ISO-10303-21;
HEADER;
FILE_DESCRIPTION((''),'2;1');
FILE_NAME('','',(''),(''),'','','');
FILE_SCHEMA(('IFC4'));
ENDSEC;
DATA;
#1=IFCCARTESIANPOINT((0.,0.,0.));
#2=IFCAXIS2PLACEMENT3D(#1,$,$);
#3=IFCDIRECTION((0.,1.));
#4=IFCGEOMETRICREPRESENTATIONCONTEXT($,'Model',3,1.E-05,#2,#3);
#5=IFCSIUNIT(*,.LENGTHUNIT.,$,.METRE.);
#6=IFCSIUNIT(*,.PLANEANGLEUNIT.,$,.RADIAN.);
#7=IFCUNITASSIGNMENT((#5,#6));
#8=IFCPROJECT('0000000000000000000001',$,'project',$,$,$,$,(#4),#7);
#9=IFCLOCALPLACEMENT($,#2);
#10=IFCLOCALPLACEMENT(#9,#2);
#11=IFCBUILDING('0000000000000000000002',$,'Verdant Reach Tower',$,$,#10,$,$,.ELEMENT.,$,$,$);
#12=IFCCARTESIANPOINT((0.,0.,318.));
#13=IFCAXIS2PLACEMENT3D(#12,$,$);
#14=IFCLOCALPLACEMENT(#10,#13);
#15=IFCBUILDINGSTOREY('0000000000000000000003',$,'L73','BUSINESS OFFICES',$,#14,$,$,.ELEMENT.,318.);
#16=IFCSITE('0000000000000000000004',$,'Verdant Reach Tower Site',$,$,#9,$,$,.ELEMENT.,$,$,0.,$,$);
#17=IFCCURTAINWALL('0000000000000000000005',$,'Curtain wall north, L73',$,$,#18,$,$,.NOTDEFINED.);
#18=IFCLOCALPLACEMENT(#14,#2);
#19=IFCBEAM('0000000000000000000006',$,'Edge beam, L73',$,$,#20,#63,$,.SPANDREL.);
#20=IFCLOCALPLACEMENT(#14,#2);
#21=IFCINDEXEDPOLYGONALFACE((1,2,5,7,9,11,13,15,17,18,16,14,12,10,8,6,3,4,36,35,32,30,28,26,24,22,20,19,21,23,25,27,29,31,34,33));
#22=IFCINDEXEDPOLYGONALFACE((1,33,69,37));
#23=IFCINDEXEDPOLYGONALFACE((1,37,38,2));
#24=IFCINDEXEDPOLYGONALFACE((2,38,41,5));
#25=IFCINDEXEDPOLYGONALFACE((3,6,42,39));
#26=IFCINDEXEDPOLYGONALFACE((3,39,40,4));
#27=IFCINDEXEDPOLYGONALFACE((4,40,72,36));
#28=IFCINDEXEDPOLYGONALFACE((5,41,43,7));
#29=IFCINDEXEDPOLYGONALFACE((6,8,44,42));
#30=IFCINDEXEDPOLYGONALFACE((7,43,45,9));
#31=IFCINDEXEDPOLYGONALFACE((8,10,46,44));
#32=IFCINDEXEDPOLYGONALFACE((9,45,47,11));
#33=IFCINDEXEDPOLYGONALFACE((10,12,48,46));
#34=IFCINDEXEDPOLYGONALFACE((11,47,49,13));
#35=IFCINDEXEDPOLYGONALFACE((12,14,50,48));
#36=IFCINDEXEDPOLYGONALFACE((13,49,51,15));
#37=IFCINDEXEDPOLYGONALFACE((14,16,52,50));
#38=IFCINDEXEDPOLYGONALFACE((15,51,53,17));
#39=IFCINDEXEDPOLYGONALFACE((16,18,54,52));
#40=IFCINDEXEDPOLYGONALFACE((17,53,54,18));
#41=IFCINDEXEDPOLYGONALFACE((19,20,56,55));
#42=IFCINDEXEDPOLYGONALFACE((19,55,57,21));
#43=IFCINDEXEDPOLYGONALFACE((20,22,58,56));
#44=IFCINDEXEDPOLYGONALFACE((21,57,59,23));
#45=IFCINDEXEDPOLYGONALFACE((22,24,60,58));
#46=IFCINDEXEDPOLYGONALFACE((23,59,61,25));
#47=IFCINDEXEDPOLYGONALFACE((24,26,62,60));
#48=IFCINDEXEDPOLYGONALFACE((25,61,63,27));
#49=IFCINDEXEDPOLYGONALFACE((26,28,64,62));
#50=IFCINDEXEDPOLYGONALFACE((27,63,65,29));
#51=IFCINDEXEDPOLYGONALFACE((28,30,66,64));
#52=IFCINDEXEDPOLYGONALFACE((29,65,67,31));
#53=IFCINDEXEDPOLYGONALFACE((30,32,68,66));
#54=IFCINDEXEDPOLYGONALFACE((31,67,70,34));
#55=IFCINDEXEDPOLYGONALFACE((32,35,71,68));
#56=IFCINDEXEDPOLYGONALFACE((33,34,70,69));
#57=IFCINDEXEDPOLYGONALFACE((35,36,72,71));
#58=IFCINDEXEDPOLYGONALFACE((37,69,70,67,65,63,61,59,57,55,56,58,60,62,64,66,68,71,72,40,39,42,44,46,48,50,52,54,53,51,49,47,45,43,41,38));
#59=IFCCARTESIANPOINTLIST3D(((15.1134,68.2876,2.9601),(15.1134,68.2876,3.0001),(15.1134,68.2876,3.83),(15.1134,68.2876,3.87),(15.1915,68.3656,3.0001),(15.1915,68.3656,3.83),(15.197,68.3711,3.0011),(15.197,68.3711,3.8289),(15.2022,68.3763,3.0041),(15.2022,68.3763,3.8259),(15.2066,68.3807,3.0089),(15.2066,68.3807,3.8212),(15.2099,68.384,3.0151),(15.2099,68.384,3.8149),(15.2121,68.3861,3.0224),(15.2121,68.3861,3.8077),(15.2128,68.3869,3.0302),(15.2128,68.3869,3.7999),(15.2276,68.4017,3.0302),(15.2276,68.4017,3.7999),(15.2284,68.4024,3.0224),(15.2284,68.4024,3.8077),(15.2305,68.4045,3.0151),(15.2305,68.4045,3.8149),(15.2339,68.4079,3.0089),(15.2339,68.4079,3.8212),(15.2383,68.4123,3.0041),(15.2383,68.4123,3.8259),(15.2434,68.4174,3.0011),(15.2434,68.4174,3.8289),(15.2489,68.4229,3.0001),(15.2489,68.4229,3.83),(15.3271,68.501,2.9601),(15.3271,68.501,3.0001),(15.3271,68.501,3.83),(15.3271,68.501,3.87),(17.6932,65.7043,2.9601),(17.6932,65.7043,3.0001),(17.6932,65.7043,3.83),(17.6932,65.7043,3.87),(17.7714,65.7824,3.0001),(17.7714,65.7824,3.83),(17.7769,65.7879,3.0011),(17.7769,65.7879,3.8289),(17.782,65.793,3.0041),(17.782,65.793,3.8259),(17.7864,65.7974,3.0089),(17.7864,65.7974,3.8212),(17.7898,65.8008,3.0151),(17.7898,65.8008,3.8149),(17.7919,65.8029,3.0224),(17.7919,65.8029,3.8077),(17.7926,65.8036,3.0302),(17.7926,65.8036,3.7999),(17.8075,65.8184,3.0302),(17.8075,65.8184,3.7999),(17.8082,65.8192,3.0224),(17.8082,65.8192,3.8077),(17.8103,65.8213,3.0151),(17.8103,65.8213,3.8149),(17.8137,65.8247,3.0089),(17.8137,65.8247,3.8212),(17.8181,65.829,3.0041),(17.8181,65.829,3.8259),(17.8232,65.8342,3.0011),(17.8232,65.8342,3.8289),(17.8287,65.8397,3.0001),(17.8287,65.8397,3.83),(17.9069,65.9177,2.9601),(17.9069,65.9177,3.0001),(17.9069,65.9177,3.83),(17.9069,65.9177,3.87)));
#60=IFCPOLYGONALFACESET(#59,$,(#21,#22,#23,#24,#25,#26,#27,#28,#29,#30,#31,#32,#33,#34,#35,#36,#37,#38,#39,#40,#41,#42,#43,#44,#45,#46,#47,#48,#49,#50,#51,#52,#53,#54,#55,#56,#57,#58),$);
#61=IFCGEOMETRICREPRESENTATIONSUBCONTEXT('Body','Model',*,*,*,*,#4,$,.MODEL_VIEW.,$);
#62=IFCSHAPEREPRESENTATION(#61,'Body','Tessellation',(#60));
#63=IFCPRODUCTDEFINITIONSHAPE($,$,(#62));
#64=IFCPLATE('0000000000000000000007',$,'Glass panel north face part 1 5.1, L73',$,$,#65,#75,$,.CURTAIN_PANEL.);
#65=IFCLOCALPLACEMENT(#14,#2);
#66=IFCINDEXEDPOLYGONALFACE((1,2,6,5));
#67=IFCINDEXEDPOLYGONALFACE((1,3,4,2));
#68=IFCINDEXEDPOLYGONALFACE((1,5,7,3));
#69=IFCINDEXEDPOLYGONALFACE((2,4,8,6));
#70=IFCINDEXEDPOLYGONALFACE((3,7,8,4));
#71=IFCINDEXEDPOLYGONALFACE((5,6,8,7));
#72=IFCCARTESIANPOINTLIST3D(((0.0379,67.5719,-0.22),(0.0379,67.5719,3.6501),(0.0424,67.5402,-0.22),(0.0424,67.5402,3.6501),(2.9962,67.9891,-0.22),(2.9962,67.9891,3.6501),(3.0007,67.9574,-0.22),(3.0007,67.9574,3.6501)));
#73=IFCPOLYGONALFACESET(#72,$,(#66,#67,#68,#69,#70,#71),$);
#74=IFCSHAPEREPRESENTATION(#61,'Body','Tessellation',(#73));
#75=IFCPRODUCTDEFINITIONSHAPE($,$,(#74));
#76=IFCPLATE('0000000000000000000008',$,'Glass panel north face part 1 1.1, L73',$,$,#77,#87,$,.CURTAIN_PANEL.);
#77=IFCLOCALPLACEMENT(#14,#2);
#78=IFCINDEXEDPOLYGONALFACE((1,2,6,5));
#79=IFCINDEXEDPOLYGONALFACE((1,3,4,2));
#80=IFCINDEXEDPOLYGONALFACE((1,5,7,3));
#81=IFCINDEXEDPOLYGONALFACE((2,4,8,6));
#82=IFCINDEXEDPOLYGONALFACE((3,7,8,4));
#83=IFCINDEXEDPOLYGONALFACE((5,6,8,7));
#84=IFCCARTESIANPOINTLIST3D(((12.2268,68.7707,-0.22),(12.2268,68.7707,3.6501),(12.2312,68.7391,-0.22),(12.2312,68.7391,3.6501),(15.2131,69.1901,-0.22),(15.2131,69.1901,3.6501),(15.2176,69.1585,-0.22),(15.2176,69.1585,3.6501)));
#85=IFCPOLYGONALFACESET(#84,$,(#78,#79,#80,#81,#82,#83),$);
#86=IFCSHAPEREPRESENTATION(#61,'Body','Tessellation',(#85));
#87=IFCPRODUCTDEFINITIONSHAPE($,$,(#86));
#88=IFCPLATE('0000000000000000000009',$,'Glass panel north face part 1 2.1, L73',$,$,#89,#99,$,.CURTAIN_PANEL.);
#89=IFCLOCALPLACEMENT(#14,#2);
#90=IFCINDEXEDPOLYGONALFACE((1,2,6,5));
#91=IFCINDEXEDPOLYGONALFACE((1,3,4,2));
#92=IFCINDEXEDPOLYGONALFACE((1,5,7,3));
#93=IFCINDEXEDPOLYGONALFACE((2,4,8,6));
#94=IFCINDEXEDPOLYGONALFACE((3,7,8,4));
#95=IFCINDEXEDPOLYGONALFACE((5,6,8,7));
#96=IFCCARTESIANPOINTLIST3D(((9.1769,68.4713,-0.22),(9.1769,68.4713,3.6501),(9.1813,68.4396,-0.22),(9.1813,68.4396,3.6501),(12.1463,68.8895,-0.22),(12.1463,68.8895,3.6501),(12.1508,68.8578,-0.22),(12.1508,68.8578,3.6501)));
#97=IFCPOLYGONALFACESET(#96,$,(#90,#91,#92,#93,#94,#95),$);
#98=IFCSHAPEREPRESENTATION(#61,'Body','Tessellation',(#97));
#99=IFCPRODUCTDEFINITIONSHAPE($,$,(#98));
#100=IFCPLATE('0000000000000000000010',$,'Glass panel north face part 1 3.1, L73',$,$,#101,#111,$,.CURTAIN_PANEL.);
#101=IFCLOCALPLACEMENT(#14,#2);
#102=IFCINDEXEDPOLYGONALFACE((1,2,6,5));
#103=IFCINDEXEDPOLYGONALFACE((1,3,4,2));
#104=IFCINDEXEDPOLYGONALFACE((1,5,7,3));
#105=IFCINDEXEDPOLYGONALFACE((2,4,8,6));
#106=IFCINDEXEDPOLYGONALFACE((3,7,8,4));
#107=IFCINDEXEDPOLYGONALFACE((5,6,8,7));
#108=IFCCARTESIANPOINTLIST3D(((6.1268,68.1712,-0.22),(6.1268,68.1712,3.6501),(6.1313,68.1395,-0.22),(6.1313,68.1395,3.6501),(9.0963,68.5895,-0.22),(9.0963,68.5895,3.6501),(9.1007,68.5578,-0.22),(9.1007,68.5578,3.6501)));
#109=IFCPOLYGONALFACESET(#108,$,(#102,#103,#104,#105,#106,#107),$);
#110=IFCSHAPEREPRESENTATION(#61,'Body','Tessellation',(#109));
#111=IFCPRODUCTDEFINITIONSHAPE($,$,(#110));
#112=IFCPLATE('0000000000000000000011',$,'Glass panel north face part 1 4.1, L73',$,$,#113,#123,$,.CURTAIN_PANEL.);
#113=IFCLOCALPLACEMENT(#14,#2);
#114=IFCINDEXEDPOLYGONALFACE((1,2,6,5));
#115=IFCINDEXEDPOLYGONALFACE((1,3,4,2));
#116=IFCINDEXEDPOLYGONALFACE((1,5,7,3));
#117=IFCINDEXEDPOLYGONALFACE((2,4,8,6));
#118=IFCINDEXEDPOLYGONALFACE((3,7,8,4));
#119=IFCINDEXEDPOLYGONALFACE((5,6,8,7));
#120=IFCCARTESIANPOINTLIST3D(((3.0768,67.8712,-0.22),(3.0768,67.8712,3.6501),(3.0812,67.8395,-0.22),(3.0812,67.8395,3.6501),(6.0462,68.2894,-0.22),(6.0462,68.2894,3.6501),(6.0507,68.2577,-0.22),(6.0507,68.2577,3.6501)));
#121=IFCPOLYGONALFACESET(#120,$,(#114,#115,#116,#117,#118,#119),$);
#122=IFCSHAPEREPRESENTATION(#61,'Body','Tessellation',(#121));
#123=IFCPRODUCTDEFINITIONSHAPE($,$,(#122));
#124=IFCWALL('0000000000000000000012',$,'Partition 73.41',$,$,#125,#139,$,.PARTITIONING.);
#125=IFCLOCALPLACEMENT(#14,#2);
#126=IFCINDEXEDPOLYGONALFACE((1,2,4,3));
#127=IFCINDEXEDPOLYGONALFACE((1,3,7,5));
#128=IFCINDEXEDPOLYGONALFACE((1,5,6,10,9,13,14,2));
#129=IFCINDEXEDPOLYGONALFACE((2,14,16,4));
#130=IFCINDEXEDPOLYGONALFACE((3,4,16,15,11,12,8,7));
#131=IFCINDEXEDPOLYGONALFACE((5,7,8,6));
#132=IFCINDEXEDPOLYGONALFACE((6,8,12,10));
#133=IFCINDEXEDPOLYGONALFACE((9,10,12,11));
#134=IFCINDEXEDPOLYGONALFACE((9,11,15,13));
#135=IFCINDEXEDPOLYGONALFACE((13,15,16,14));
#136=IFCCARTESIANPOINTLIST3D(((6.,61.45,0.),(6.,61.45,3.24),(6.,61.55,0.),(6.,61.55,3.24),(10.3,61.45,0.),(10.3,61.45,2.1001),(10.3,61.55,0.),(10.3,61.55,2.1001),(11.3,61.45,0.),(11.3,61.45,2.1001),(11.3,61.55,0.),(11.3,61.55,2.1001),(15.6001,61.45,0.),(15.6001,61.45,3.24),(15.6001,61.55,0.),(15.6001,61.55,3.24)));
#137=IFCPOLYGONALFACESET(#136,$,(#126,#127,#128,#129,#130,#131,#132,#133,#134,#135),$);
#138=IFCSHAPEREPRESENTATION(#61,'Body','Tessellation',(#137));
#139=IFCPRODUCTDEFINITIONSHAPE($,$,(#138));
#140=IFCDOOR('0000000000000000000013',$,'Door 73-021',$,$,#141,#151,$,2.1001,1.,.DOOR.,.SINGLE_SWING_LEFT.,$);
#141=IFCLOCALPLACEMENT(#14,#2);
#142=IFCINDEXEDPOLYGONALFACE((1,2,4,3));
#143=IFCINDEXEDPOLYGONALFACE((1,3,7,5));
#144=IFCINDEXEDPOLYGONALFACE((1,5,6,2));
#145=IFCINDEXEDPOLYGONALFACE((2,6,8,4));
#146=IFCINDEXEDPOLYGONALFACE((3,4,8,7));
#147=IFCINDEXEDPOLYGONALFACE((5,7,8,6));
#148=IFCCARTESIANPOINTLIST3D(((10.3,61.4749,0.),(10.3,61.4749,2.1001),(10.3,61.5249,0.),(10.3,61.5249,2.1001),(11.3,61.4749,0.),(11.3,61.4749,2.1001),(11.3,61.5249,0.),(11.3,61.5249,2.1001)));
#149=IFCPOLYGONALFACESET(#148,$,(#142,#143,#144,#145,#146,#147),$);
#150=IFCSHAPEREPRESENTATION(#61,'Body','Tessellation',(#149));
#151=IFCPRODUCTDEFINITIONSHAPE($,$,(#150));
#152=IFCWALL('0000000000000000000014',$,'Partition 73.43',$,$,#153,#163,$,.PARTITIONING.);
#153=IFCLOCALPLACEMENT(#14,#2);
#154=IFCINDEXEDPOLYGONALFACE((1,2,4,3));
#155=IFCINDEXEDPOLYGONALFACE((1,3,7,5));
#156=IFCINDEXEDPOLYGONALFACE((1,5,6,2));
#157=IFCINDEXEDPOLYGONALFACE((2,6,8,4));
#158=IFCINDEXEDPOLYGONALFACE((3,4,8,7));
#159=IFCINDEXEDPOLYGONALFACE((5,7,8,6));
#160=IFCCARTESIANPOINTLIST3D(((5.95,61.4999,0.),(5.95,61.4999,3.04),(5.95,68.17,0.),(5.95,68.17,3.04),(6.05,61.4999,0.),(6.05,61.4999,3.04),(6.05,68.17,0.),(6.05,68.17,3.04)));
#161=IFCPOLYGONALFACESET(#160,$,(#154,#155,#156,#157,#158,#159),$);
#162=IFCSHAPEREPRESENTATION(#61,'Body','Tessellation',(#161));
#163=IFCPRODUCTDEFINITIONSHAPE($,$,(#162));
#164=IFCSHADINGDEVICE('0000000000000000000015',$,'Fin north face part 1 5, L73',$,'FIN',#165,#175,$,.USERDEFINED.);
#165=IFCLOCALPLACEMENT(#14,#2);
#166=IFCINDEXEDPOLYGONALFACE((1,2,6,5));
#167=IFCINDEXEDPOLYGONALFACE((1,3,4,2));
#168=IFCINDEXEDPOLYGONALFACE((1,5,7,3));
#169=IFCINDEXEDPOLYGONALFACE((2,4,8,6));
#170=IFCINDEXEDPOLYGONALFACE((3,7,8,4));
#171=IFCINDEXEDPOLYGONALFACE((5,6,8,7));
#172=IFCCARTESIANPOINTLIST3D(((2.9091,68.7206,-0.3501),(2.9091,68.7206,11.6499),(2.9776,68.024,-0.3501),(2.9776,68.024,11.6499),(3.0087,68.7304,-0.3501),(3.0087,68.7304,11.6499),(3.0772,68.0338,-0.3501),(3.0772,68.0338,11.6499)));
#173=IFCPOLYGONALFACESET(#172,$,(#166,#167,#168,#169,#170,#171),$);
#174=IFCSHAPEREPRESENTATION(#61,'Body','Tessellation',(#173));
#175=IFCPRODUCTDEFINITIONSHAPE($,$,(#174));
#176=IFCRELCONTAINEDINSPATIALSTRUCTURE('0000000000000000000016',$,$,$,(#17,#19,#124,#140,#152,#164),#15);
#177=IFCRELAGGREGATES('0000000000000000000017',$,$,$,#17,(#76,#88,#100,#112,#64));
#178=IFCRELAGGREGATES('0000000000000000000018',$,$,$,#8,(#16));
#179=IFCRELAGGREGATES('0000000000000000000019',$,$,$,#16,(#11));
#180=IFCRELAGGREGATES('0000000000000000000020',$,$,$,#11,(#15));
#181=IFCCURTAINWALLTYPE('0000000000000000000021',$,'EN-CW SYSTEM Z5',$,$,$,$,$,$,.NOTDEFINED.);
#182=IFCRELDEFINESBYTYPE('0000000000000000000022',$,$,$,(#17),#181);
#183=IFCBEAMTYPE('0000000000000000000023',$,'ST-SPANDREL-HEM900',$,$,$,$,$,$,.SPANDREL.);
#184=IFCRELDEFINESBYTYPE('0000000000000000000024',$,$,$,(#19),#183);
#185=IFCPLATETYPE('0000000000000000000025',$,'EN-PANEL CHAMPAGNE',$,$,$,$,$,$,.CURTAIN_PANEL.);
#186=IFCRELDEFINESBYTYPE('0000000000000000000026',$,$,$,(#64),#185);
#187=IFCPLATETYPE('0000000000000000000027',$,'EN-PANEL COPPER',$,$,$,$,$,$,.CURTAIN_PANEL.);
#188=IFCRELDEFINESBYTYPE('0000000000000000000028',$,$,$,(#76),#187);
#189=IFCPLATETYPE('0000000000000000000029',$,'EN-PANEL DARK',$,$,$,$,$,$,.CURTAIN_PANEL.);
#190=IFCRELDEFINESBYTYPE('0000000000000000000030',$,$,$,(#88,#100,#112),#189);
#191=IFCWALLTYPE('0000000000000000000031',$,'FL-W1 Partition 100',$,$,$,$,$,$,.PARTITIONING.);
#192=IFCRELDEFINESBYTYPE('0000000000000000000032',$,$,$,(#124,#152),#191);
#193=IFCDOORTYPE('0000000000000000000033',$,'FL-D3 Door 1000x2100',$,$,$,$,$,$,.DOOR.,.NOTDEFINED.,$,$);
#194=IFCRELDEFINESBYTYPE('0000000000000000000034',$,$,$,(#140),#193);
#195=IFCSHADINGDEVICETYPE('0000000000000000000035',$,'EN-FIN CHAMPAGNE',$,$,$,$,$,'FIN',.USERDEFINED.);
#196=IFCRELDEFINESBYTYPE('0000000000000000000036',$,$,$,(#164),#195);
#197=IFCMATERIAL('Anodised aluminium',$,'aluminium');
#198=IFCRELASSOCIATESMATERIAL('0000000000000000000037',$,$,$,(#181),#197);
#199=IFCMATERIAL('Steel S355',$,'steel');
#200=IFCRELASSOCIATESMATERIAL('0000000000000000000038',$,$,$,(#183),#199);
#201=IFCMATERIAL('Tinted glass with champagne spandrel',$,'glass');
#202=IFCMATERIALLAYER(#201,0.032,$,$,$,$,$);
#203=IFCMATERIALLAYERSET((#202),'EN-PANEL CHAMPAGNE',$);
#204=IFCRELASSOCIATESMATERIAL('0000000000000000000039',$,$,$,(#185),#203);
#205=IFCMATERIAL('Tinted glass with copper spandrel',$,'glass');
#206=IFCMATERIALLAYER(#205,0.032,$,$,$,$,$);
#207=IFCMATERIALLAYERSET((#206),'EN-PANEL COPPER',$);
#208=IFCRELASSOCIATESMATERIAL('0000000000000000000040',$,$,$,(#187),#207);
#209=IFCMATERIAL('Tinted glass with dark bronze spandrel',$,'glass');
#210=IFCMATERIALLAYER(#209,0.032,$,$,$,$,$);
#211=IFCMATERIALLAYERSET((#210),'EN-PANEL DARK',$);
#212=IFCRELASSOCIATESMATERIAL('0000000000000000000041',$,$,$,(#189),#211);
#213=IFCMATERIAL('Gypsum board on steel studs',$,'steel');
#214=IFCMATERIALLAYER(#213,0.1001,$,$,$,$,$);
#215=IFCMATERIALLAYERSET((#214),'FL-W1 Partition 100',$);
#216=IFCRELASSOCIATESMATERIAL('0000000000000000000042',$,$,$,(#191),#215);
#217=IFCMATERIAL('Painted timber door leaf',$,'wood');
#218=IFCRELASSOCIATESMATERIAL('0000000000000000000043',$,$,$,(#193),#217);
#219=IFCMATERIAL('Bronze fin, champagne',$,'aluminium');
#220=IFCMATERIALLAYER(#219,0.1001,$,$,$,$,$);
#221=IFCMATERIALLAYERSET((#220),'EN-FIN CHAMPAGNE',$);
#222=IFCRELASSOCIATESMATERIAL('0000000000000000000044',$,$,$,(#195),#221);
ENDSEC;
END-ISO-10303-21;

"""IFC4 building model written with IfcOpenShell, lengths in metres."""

from ifc_helpers import new_model, si_unit, direction, frame, frame_2d, origin, origin_2d, place, context, subcontext, project, spatial, rectangle, i_section, extrude, material, layer, layer_set, material_profile, profile_set, type_object, element, fill, aggregate, save


model = new_model("IFC4")

# Units and contexts
model_context = context("Model", 3, precision=1e-05, world=origin(), true_north=direction((0.0, 1.0)))
body_context = subcontext(model_context, "Body", "Model", "MODEL_VIEW")
ifc_project = project(units=[si_unit("LENGTHUNIT", "METRE"), si_unit("PLANEANGLEUNIT", "RADIAN")], contexts=[model_context])

# Site, building, storey
site_placement = place(None, origin())
site = spatial("IfcSite", under=ifc_project, at=site_placement, Name="Verdant Reach Tower Site", CompositionType="ELEMENT", RefElevation=0.0)
building_placement = place(site_placement, origin())
building = spatial("IfcBuilding", under=site, at=building_placement, Name="Verdant Reach Tower", CompositionType="ELEMENT")
storey_placement = place(building_placement, frame((0.0, 0.0, 318.0)))
storey = spatial("IfcBuildingStorey", under=building, at=storey_placement, Name="L73", Description="BUSINESS OFFICES", CompositionType="ELEMENT", Elevation=318.0)

# Curtain wall
ifc_material_1 = material(Name="Anodised aluminium", Category="aluminium")
curtain_wall_type = type_object("IfcCurtainWallType", Name="EN-CW SYSTEM Z5", PredefinedType="NOTDEFINED", material=ifc_material_1)
curtain_wall_placement = place(storey_placement, origin())
curtain_wall = element("IfcCurtainWall", 1, at=curtain_wall_placement, inside=storey, type_object=curtain_wall_type, Name="Curtain wall north, L73", PredefinedType="NOTDEFINED")

# Beam
ifc_material_2 = material(Name="Steel S355", Category="steel")
ifc_material_profile_1 = material_profile(ifc_material_2, i_section(OverallWidth=0.302, OverallDepth=0.9099, WebThickness=0.021, FlangeThickness=0.04, FilletRadius=0.03, at=origin_2d()), Name="HEM 900")
ifc_profile_set_1 = profile_set([ifc_material_profile_1], Name="Steel S355")
beam_type_1 = type_object("IfcBeamType", Name="ST-SPANDREL-HEM900", PredefinedType="SPANDREL", material=ifc_profile_set_1)
beam_1_placement = place(storey_placement, frame((15.2202, 68.3943, 3.415), z_axis=(0.706639, -0.707575, 0.0), x_axis=(0.707575, 0.706639, 0.0)))
element("IfcBeam", 2, at=beam_1_placement, inside=storey, type_object=beam_type_1, Name="Edge beam, L73", PredefinedType="SPANDREL", context=body_context, shape_type="SweptSolid", body=[
    extrude(i_section(OverallWidth=0.302, OverallDepth=0.9099, WebThickness=0.021, FlangeThickness=0.04, FilletRadius=0.03, at=origin_2d()), origin(), (0.0, 0.0, 1.0), 3.6509),
])

# Plates
ifc_material_3 = material(Name="Tinted glass with champagne spandrel", Category="glass")
ifc_layer_1 = layer(ifc_material_3, 0.032)
ifc_layer_set_1 = layer_set([ifc_layer_1], Name="EN-PANEL CHAMPAGNE")
plate_type_1 = type_object("IfcPlateType", Name="EN-PANEL CHAMPAGNE", PredefinedType="CURTAIN_PANEL", material=ifc_layer_set_1)
plate_1_placement = place(storey_placement, frame((1.5193, 67.7646, -0.22), z_axis=(0.0, 0.0, 1.0), x_axis=(-0.9902, -0.139656, 0.0)))
plate_1 = element("IfcPlate", 3, at=plate_1_placement, type_object=plate_type_1, Name="Glass panel north face part 1 5.1, L73", PredefinedType="CURTAIN_PANEL", context=body_context, shape_type="SweptSolid", body=[
    extrude(rectangle(XDim=2.9875, YDim=0.032, at=origin_2d()), origin(), (0.0, 0.0, 1.0), 3.8701),
])
ifc_material_4 = material(Name="Tinted glass with copper spandrel", Category="glass")
ifc_layer_2 = layer(ifc_material_4, 0.032)
ifc_layer_set_2 = layer_set([ifc_layer_2], Name="EN-PANEL COPPER")
plate_type_2 = type_object("IfcPlateType", Name="EN-PANEL COPPER", PredefinedType="CURTAIN_PANEL", material=ifc_layer_set_2)
plate_2_placement = place(storey_placement, frame((13.7222, 68.9646, -0.22), z_axis=(0.0, 0.0, 1.0), x_axis=(-0.990282, -0.139077, 0.0)))
plate_2 = element("IfcPlate", 4, at=plate_2_placement, type_object=plate_type_2, Name="Glass panel north face part 1 1.1, L73", PredefinedType="CURTAIN_PANEL", context=body_context, shape_type="SweptSolid", body=[
    extrude(rectangle(XDim=3.0156, YDim=0.032, at=origin_2d()), origin(), (0.0, 0.0, 1.0), 3.8701),
])
ifc_material_5 = material(Name="Tinted glass with dark bronze spandrel", Category="glass")
ifc_layer_3 = layer(ifc_material_5, 0.032)
ifc_layer_set_3 = layer_set([ifc_layer_3], Name="EN-PANEL DARK")
plate_type_3 = type_object("IfcPlateType", Name="EN-PANEL DARK", PredefinedType="CURTAIN_PANEL", material=ifc_layer_set_3)
plate_3_placement = place(storey_placement, frame((10.6638, 68.6646, -0.22), z_axis=(0.0, 0.0, 1.0), x_axis=(-0.990225, -0.139477, 0.0)))
plate_3 = element("IfcPlate", 5, at=plate_3_placement, type_object=plate_type_3, Name="Glass panel north face part 1 2.1, L73", PredefinedType="CURTAIN_PANEL", context=body_context, shape_type="SweptSolid", body=[
    extrude(rectangle(XDim=2.9988, YDim=0.032, at=origin_2d()), origin(), (0.0, 0.0, 1.0), 3.8701),
])
plate_4_placement = place(storey_placement, frame((7.6138, 68.3645, -0.22), z_axis=(0.0, 0.0, 1.0), x_axis=(-0.990225, -0.139477, 0.0)))
plate_4 = element("IfcPlate", 6, at=plate_4_placement, type_object=plate_type_3, Name="Glass panel north face part 1 3.1, L73", PredefinedType="CURTAIN_PANEL", context=body_context, shape_type="SweptSolid", body=[
    extrude(rectangle(XDim=2.9988, YDim=0.032, at=origin_2d()), origin(), (0.0, 0.0, 1.0), 3.8701),
])
plate_5_placement = place(storey_placement, frame((4.5637, 68.0645, -0.22), z_axis=(0.0, 0.0, 1.0), x_axis=(-0.990225, -0.139477, 0.0)))
plate_5 = element("IfcPlate", 7, at=plate_5_placement, type_object=plate_type_3, Name="Glass panel north face part 1 4.1, L73", PredefinedType="CURTAIN_PANEL", context=body_context, shape_type="SweptSolid", body=[
    extrude(rectangle(XDim=2.9988, YDim=0.032, at=origin_2d()), origin(), (0.0, 0.0, 1.0), 3.8701),
])
aggregate(curtain_wall, [plate_2, plate_3, plate_4, plate_5, plate_1])

# Wall, opening, door
ifc_material_6 = material(Name="Gypsum board on steel studs", Category="steel")
ifc_layer_4 = layer(ifc_material_6, 0.1001)
ifc_layer_set_4 = layer_set([ifc_layer_4], Name="FL-W1 Partition 100")
wall_type = type_object("IfcWallType", Name="FL-W1 Partition 100", PredefinedType="PARTITIONING", material=ifc_layer_set_4)
wall_1_placement = place(storey_placement, frame((6.0, 61.5, 0.0), z_axis=(0.0, 0.0, 1.0), x_axis=(1.0, 0.0, 0.0)))
wall_1 = element("IfcWall", 8, at=wall_1_placement, inside=storey, type_object=wall_type, Name="Partition 73.41", PredefinedType="PARTITIONING", context=body_context, shape_type="SweptSolid", body=[
    extrude(rectangle(XDim=9.6001, YDim=0.1001, at=frame_2d((4.8, 0.0))), origin(), (0.0, 0.0, 1.0), 3.24),
])
opening_placement = place(wall_1_placement, frame((4.3, 0.0, 0.0)))
opening = element("IfcOpeningElement", 9, at=opening_placement, cuts=wall_1, PredefinedType="OPENING", context=body_context, shape_type="SweptSolid", body=[
    extrude(rectangle(XDim=1.0, YDim=2.1001, at=frame_2d((0.5, 1.05))), frame((0.0, 0.0601, 0.0), z_axis=(0.0, -1.0, 0.0), x_axis=(1.0, 0.0, 0.0)), (0.0, 0.0, 1.0), 0.1201),
])
ifc_material_7 = material(Name="Painted timber door leaf", Category="wood")
door_type = type_object("IfcDoorType", Name="FL-D3 Door 1000x2100", OperationType="NOTDEFINED", PredefinedType="DOOR", material=ifc_material_7)
door_placement = place(opening_placement, origin())
door = element("IfcDoor", 10, at=door_placement, inside=storey, type_object=door_type, Name="Door 73-021", OperationType="SINGLE_SWING_LEFT", OverallHeight=2.1001, OverallWidth=1.0, PredefinedType="DOOR", context=body_context, shape_type="SweptSolid", body=[
    extrude(rectangle(XDim=1.0, YDim=2.1001, at=frame_2d((0.5, 1.05))), frame((0.0, 0.0249, 0.0), z_axis=(0.0, -1.0, 0.0), x_axis=(1.0, 0.0, 0.0)), (0.0, 0.0, 1.0), 0.05),
])
fill(opening, door)

# Wall
wall_2_placement = place(storey_placement, frame((6.0, 61.5, 0.0), z_axis=(0.0, 0.0, 1.0), x_axis=(0.0, 1.0, 0.0)))
element("IfcWall", 11, at=wall_2_placement, inside=storey, type_object=wall_type, Name="Partition 73.43", PredefinedType="PARTITIONING", context=body_context, shape_type="SweptSolid", body=[
    extrude(rectangle(XDim=6.6702, YDim=0.1001, at=frame_2d((3.335, 0.0))), origin(), (0.0, 0.0, 1.0), 3.04),
])

# Shading device
ifc_material_8 = material(Name="Bronze fin, champagne", Category="aluminium")
ifc_layer_5 = layer(ifc_material_8, 0.1001)
ifc_layer_set_5 = layer_set([ifc_layer_5], Name="EN-FIN CHAMPAGNE")
shading_device_type_1 = type_object("IfcShadingDeviceType", Name="EN-FIN CHAMPAGNE", ElementType="FIN", PredefinedType="USERDEFINED", material=ifc_layer_set_5)
shading_device_1_placement = place(storey_placement, frame((2.9932, 68.3772, -0.3501), z_axis=(0.0, 0.0, 1.0), x_axis=(-0.995197, -0.097888, 0.0)))
element("IfcShadingDevice", 12, at=shading_device_1_placement, inside=storey, type_object=shading_device_type_1, Name="Fin north face part 1 5, L73", ObjectType="FIN", PredefinedType="USERDEFINED", context=body_context, shape_type="SweptSolid", body=[
    extrude(rectangle(XDim=0.1001, YDim=0.7, at=origin_2d()), origin(), (0.0, 0.0, 1.0), 12.0),
])

save(model, "model.ifc")
